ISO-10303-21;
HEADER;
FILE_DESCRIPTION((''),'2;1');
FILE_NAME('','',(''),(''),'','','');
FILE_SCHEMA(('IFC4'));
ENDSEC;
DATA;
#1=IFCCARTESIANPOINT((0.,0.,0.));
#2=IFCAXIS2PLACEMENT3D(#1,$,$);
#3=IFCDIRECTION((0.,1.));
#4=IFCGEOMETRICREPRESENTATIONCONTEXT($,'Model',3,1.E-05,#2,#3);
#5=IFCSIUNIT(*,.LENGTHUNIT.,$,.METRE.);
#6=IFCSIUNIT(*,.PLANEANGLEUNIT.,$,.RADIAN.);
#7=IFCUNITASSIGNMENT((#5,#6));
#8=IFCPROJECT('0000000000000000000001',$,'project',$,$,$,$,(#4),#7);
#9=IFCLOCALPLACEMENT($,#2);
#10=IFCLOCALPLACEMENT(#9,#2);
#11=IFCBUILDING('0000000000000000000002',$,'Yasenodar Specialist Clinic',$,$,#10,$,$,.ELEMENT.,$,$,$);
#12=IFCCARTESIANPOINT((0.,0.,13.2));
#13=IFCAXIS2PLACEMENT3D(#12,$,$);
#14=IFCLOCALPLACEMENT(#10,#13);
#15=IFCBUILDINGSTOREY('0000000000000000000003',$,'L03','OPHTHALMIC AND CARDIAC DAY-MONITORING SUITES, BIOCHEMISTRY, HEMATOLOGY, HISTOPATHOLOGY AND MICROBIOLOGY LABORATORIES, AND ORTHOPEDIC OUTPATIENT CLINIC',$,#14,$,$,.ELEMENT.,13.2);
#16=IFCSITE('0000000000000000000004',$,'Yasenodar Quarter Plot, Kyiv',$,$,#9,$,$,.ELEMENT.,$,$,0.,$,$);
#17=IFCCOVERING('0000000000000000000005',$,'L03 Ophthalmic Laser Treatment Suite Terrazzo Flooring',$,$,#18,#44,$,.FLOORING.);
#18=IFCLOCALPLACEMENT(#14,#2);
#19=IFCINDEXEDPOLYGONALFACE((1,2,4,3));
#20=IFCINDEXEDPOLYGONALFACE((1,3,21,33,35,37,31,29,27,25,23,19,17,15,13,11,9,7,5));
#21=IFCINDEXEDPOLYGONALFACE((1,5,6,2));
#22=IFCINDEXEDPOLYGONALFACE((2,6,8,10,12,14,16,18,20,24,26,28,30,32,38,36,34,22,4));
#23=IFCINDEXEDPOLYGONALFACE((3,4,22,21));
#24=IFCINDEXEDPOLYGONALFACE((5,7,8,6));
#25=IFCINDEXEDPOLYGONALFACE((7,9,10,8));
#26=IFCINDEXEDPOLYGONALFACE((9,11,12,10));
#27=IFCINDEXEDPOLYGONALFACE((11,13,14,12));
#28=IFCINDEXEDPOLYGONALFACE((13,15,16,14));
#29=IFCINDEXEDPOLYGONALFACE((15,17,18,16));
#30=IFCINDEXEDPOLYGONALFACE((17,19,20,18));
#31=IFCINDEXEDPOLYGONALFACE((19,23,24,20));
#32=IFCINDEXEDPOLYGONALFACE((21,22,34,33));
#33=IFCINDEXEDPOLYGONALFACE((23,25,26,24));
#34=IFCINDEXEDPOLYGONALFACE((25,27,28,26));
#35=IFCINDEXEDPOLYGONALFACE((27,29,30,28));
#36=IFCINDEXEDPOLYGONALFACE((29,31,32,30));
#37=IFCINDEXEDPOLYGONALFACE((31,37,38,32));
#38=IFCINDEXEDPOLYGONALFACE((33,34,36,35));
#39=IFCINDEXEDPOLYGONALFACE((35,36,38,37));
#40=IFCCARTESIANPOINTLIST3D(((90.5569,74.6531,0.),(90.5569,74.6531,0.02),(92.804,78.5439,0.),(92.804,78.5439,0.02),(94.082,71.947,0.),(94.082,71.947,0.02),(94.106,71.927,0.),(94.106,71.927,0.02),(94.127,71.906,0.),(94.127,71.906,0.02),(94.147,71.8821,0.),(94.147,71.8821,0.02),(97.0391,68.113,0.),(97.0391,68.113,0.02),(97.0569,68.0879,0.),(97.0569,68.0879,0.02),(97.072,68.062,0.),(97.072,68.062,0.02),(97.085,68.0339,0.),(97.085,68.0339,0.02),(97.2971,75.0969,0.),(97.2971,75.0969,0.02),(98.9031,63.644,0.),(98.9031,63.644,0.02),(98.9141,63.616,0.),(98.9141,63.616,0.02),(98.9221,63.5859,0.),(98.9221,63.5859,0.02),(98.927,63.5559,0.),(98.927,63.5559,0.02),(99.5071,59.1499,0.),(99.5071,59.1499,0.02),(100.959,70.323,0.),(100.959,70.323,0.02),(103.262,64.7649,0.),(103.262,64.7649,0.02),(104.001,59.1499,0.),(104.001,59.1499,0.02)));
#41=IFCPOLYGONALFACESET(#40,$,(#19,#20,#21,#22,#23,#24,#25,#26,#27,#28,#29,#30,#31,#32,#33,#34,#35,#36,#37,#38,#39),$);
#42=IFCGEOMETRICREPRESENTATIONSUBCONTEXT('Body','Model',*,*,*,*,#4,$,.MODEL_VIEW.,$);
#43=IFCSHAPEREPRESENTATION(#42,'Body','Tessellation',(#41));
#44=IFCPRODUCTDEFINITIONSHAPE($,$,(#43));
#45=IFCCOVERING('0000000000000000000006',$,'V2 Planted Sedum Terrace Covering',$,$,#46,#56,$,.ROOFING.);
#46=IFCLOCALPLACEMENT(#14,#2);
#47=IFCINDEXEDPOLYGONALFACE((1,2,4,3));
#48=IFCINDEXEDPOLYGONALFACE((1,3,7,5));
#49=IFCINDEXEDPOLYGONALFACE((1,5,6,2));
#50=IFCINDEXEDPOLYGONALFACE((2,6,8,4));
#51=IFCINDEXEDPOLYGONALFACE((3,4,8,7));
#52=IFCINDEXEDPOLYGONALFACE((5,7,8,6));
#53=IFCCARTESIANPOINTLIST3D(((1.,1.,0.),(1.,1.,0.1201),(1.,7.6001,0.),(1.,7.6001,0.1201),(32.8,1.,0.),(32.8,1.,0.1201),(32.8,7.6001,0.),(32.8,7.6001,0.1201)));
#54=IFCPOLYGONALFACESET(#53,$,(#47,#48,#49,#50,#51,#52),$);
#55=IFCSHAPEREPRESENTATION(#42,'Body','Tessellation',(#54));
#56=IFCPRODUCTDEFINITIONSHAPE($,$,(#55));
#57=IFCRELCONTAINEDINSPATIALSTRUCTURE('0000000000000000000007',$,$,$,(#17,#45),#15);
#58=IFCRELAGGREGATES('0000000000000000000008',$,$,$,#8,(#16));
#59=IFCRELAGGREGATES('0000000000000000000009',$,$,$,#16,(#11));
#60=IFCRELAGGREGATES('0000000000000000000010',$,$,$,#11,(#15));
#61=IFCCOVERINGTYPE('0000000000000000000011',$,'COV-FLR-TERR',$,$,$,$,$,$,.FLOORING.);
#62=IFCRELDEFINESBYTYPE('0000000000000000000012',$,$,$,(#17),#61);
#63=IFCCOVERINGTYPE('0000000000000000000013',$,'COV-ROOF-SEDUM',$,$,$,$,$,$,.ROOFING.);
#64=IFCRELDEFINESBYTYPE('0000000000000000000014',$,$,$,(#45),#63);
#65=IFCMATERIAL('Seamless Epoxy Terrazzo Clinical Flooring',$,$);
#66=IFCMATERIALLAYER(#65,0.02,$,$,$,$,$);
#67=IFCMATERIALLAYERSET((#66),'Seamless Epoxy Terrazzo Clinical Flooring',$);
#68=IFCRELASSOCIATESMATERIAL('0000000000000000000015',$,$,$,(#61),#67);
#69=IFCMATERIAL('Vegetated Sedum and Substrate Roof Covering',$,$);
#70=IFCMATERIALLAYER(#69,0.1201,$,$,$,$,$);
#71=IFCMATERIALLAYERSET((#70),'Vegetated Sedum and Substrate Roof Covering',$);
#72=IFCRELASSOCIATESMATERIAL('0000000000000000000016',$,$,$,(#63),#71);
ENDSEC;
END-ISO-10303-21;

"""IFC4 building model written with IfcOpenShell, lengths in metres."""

from ifc_helpers import new_model, si_unit, direction, frame, origin, place, context, subcontext, project, spatial, polyline, outline, extrude, material, layer, layer_set, type_object, element, save


model = new_model("IFC4")

# Units and contexts
model_context = context("Model", 3, precision=1e-05, world=origin(), true_north=direction((0.0, 1.0)))
body_context = subcontext(model_context, "Body", "Model", "MODEL_VIEW")
ifc_project = project(units=[si_unit("LENGTHUNIT", "METRE"), si_unit("PLANEANGLEUNIT", "RADIAN")], contexts=[model_context])

# Site, building, storey
site_placement = place(None, origin())
site = spatial("IfcSite", under=ifc_project, at=site_placement, Name="Yasenodar Quarter Plot, Kyiv", CompositionType="ELEMENT", RefElevation=0.0)
building_placement = place(site_placement, origin())
building = spatial("IfcBuilding", under=site, at=building_placement, Name="Yasenodar Specialist Clinic", CompositionType="ELEMENT")
storey_placement = place(building_placement, frame((0.0, 0.0, 13.2)))
storey = spatial("IfcBuildingStorey", under=building, at=storey_placement, Name="L03", Description="OPHTHALMIC AND CARDIAC DAY-MONITORING SUITES, BIOCHEMISTRY, HEMATOLOGY, HISTOPATHOLOGY AND MICROBIOLOGY LABORATORIES, AND ORTHOPEDIC OUTPATIENT CLINIC", CompositionType="ELEMENT", Elevation=13.2)

# Coverings
ifc_material_1 = material(Name="Seamless Epoxy Terrazzo Clinical Flooring")
ifc_layer_1 = layer(ifc_material_1, 0.02)
ifc_layer_set_1 = layer_set([ifc_layer_1], Name="Seamless Epoxy Terrazzo Clinical Flooring")
covering_type_1 = type_object("IfcCoveringType", Name="COV-FLR-TERR", PredefinedType="FLOORING", material=ifc_layer_set_1)
covering_1_placement = place(storey_placement, origin())
element("IfcCovering", 1, at=covering_1_placement, inside=storey, type_object=covering_type_1, Name="L03 Ophthalmic Laser Treatment Suite Terrazzo Flooring", PredefinedType="FLOORING", context=body_context, shape_type="SweptSolid", body=[
    extrude(outline(polyline([(98.9221, 63.5859), (98.9141, 63.616), (98.9031, 63.644), (97.085, 68.0339), (97.072, 68.062), (97.0569, 68.0879), (97.0391, 68.113), (94.147, 71.8821), (94.127, 71.906), (94.106, 71.927), (94.082, 71.947), (90.5569, 74.6531), (92.804, 78.5439), (97.2971, 75.0969), (100.959, 70.323), (103.262, 64.7649), (104.001, 59.1499), (99.5071, 59.1499), (98.927, 63.5559), (98.9221, 63.5859)])), origin(), (0.0, 0.0, 1.0), 0.02),
])
ifc_material_2 = material(Name="Vegetated Sedum and Substrate Roof Covering")
ifc_layer_2 = layer(ifc_material_2, 0.1201)
ifc_layer_set_2 = layer_set([ifc_layer_2], Name="Vegetated Sedum and Substrate Roof Covering")
covering_type_2 = type_object("IfcCoveringType", Name="COV-ROOF-SEDUM", PredefinedType="ROOFING", material=ifc_layer_set_2)
covering_2_placement = place(storey_placement, origin())
element("IfcCovering", 2, at=covering_2_placement, inside=storey, type_object=covering_type_2, Name="V2 Planted Sedum Terrace Covering", PredefinedType="ROOFING", context=body_context, shape_type="SweptSolid", body=[
    extrude(outline(polyline([(1.0, 1.0), (32.8, 1.0), (32.8, 7.6001), (1.0, 7.6001), (1.0, 1.0)])), origin(), (0.0, 0.0, 1.0), 0.1201),
])

save(model, "model.ifc")
